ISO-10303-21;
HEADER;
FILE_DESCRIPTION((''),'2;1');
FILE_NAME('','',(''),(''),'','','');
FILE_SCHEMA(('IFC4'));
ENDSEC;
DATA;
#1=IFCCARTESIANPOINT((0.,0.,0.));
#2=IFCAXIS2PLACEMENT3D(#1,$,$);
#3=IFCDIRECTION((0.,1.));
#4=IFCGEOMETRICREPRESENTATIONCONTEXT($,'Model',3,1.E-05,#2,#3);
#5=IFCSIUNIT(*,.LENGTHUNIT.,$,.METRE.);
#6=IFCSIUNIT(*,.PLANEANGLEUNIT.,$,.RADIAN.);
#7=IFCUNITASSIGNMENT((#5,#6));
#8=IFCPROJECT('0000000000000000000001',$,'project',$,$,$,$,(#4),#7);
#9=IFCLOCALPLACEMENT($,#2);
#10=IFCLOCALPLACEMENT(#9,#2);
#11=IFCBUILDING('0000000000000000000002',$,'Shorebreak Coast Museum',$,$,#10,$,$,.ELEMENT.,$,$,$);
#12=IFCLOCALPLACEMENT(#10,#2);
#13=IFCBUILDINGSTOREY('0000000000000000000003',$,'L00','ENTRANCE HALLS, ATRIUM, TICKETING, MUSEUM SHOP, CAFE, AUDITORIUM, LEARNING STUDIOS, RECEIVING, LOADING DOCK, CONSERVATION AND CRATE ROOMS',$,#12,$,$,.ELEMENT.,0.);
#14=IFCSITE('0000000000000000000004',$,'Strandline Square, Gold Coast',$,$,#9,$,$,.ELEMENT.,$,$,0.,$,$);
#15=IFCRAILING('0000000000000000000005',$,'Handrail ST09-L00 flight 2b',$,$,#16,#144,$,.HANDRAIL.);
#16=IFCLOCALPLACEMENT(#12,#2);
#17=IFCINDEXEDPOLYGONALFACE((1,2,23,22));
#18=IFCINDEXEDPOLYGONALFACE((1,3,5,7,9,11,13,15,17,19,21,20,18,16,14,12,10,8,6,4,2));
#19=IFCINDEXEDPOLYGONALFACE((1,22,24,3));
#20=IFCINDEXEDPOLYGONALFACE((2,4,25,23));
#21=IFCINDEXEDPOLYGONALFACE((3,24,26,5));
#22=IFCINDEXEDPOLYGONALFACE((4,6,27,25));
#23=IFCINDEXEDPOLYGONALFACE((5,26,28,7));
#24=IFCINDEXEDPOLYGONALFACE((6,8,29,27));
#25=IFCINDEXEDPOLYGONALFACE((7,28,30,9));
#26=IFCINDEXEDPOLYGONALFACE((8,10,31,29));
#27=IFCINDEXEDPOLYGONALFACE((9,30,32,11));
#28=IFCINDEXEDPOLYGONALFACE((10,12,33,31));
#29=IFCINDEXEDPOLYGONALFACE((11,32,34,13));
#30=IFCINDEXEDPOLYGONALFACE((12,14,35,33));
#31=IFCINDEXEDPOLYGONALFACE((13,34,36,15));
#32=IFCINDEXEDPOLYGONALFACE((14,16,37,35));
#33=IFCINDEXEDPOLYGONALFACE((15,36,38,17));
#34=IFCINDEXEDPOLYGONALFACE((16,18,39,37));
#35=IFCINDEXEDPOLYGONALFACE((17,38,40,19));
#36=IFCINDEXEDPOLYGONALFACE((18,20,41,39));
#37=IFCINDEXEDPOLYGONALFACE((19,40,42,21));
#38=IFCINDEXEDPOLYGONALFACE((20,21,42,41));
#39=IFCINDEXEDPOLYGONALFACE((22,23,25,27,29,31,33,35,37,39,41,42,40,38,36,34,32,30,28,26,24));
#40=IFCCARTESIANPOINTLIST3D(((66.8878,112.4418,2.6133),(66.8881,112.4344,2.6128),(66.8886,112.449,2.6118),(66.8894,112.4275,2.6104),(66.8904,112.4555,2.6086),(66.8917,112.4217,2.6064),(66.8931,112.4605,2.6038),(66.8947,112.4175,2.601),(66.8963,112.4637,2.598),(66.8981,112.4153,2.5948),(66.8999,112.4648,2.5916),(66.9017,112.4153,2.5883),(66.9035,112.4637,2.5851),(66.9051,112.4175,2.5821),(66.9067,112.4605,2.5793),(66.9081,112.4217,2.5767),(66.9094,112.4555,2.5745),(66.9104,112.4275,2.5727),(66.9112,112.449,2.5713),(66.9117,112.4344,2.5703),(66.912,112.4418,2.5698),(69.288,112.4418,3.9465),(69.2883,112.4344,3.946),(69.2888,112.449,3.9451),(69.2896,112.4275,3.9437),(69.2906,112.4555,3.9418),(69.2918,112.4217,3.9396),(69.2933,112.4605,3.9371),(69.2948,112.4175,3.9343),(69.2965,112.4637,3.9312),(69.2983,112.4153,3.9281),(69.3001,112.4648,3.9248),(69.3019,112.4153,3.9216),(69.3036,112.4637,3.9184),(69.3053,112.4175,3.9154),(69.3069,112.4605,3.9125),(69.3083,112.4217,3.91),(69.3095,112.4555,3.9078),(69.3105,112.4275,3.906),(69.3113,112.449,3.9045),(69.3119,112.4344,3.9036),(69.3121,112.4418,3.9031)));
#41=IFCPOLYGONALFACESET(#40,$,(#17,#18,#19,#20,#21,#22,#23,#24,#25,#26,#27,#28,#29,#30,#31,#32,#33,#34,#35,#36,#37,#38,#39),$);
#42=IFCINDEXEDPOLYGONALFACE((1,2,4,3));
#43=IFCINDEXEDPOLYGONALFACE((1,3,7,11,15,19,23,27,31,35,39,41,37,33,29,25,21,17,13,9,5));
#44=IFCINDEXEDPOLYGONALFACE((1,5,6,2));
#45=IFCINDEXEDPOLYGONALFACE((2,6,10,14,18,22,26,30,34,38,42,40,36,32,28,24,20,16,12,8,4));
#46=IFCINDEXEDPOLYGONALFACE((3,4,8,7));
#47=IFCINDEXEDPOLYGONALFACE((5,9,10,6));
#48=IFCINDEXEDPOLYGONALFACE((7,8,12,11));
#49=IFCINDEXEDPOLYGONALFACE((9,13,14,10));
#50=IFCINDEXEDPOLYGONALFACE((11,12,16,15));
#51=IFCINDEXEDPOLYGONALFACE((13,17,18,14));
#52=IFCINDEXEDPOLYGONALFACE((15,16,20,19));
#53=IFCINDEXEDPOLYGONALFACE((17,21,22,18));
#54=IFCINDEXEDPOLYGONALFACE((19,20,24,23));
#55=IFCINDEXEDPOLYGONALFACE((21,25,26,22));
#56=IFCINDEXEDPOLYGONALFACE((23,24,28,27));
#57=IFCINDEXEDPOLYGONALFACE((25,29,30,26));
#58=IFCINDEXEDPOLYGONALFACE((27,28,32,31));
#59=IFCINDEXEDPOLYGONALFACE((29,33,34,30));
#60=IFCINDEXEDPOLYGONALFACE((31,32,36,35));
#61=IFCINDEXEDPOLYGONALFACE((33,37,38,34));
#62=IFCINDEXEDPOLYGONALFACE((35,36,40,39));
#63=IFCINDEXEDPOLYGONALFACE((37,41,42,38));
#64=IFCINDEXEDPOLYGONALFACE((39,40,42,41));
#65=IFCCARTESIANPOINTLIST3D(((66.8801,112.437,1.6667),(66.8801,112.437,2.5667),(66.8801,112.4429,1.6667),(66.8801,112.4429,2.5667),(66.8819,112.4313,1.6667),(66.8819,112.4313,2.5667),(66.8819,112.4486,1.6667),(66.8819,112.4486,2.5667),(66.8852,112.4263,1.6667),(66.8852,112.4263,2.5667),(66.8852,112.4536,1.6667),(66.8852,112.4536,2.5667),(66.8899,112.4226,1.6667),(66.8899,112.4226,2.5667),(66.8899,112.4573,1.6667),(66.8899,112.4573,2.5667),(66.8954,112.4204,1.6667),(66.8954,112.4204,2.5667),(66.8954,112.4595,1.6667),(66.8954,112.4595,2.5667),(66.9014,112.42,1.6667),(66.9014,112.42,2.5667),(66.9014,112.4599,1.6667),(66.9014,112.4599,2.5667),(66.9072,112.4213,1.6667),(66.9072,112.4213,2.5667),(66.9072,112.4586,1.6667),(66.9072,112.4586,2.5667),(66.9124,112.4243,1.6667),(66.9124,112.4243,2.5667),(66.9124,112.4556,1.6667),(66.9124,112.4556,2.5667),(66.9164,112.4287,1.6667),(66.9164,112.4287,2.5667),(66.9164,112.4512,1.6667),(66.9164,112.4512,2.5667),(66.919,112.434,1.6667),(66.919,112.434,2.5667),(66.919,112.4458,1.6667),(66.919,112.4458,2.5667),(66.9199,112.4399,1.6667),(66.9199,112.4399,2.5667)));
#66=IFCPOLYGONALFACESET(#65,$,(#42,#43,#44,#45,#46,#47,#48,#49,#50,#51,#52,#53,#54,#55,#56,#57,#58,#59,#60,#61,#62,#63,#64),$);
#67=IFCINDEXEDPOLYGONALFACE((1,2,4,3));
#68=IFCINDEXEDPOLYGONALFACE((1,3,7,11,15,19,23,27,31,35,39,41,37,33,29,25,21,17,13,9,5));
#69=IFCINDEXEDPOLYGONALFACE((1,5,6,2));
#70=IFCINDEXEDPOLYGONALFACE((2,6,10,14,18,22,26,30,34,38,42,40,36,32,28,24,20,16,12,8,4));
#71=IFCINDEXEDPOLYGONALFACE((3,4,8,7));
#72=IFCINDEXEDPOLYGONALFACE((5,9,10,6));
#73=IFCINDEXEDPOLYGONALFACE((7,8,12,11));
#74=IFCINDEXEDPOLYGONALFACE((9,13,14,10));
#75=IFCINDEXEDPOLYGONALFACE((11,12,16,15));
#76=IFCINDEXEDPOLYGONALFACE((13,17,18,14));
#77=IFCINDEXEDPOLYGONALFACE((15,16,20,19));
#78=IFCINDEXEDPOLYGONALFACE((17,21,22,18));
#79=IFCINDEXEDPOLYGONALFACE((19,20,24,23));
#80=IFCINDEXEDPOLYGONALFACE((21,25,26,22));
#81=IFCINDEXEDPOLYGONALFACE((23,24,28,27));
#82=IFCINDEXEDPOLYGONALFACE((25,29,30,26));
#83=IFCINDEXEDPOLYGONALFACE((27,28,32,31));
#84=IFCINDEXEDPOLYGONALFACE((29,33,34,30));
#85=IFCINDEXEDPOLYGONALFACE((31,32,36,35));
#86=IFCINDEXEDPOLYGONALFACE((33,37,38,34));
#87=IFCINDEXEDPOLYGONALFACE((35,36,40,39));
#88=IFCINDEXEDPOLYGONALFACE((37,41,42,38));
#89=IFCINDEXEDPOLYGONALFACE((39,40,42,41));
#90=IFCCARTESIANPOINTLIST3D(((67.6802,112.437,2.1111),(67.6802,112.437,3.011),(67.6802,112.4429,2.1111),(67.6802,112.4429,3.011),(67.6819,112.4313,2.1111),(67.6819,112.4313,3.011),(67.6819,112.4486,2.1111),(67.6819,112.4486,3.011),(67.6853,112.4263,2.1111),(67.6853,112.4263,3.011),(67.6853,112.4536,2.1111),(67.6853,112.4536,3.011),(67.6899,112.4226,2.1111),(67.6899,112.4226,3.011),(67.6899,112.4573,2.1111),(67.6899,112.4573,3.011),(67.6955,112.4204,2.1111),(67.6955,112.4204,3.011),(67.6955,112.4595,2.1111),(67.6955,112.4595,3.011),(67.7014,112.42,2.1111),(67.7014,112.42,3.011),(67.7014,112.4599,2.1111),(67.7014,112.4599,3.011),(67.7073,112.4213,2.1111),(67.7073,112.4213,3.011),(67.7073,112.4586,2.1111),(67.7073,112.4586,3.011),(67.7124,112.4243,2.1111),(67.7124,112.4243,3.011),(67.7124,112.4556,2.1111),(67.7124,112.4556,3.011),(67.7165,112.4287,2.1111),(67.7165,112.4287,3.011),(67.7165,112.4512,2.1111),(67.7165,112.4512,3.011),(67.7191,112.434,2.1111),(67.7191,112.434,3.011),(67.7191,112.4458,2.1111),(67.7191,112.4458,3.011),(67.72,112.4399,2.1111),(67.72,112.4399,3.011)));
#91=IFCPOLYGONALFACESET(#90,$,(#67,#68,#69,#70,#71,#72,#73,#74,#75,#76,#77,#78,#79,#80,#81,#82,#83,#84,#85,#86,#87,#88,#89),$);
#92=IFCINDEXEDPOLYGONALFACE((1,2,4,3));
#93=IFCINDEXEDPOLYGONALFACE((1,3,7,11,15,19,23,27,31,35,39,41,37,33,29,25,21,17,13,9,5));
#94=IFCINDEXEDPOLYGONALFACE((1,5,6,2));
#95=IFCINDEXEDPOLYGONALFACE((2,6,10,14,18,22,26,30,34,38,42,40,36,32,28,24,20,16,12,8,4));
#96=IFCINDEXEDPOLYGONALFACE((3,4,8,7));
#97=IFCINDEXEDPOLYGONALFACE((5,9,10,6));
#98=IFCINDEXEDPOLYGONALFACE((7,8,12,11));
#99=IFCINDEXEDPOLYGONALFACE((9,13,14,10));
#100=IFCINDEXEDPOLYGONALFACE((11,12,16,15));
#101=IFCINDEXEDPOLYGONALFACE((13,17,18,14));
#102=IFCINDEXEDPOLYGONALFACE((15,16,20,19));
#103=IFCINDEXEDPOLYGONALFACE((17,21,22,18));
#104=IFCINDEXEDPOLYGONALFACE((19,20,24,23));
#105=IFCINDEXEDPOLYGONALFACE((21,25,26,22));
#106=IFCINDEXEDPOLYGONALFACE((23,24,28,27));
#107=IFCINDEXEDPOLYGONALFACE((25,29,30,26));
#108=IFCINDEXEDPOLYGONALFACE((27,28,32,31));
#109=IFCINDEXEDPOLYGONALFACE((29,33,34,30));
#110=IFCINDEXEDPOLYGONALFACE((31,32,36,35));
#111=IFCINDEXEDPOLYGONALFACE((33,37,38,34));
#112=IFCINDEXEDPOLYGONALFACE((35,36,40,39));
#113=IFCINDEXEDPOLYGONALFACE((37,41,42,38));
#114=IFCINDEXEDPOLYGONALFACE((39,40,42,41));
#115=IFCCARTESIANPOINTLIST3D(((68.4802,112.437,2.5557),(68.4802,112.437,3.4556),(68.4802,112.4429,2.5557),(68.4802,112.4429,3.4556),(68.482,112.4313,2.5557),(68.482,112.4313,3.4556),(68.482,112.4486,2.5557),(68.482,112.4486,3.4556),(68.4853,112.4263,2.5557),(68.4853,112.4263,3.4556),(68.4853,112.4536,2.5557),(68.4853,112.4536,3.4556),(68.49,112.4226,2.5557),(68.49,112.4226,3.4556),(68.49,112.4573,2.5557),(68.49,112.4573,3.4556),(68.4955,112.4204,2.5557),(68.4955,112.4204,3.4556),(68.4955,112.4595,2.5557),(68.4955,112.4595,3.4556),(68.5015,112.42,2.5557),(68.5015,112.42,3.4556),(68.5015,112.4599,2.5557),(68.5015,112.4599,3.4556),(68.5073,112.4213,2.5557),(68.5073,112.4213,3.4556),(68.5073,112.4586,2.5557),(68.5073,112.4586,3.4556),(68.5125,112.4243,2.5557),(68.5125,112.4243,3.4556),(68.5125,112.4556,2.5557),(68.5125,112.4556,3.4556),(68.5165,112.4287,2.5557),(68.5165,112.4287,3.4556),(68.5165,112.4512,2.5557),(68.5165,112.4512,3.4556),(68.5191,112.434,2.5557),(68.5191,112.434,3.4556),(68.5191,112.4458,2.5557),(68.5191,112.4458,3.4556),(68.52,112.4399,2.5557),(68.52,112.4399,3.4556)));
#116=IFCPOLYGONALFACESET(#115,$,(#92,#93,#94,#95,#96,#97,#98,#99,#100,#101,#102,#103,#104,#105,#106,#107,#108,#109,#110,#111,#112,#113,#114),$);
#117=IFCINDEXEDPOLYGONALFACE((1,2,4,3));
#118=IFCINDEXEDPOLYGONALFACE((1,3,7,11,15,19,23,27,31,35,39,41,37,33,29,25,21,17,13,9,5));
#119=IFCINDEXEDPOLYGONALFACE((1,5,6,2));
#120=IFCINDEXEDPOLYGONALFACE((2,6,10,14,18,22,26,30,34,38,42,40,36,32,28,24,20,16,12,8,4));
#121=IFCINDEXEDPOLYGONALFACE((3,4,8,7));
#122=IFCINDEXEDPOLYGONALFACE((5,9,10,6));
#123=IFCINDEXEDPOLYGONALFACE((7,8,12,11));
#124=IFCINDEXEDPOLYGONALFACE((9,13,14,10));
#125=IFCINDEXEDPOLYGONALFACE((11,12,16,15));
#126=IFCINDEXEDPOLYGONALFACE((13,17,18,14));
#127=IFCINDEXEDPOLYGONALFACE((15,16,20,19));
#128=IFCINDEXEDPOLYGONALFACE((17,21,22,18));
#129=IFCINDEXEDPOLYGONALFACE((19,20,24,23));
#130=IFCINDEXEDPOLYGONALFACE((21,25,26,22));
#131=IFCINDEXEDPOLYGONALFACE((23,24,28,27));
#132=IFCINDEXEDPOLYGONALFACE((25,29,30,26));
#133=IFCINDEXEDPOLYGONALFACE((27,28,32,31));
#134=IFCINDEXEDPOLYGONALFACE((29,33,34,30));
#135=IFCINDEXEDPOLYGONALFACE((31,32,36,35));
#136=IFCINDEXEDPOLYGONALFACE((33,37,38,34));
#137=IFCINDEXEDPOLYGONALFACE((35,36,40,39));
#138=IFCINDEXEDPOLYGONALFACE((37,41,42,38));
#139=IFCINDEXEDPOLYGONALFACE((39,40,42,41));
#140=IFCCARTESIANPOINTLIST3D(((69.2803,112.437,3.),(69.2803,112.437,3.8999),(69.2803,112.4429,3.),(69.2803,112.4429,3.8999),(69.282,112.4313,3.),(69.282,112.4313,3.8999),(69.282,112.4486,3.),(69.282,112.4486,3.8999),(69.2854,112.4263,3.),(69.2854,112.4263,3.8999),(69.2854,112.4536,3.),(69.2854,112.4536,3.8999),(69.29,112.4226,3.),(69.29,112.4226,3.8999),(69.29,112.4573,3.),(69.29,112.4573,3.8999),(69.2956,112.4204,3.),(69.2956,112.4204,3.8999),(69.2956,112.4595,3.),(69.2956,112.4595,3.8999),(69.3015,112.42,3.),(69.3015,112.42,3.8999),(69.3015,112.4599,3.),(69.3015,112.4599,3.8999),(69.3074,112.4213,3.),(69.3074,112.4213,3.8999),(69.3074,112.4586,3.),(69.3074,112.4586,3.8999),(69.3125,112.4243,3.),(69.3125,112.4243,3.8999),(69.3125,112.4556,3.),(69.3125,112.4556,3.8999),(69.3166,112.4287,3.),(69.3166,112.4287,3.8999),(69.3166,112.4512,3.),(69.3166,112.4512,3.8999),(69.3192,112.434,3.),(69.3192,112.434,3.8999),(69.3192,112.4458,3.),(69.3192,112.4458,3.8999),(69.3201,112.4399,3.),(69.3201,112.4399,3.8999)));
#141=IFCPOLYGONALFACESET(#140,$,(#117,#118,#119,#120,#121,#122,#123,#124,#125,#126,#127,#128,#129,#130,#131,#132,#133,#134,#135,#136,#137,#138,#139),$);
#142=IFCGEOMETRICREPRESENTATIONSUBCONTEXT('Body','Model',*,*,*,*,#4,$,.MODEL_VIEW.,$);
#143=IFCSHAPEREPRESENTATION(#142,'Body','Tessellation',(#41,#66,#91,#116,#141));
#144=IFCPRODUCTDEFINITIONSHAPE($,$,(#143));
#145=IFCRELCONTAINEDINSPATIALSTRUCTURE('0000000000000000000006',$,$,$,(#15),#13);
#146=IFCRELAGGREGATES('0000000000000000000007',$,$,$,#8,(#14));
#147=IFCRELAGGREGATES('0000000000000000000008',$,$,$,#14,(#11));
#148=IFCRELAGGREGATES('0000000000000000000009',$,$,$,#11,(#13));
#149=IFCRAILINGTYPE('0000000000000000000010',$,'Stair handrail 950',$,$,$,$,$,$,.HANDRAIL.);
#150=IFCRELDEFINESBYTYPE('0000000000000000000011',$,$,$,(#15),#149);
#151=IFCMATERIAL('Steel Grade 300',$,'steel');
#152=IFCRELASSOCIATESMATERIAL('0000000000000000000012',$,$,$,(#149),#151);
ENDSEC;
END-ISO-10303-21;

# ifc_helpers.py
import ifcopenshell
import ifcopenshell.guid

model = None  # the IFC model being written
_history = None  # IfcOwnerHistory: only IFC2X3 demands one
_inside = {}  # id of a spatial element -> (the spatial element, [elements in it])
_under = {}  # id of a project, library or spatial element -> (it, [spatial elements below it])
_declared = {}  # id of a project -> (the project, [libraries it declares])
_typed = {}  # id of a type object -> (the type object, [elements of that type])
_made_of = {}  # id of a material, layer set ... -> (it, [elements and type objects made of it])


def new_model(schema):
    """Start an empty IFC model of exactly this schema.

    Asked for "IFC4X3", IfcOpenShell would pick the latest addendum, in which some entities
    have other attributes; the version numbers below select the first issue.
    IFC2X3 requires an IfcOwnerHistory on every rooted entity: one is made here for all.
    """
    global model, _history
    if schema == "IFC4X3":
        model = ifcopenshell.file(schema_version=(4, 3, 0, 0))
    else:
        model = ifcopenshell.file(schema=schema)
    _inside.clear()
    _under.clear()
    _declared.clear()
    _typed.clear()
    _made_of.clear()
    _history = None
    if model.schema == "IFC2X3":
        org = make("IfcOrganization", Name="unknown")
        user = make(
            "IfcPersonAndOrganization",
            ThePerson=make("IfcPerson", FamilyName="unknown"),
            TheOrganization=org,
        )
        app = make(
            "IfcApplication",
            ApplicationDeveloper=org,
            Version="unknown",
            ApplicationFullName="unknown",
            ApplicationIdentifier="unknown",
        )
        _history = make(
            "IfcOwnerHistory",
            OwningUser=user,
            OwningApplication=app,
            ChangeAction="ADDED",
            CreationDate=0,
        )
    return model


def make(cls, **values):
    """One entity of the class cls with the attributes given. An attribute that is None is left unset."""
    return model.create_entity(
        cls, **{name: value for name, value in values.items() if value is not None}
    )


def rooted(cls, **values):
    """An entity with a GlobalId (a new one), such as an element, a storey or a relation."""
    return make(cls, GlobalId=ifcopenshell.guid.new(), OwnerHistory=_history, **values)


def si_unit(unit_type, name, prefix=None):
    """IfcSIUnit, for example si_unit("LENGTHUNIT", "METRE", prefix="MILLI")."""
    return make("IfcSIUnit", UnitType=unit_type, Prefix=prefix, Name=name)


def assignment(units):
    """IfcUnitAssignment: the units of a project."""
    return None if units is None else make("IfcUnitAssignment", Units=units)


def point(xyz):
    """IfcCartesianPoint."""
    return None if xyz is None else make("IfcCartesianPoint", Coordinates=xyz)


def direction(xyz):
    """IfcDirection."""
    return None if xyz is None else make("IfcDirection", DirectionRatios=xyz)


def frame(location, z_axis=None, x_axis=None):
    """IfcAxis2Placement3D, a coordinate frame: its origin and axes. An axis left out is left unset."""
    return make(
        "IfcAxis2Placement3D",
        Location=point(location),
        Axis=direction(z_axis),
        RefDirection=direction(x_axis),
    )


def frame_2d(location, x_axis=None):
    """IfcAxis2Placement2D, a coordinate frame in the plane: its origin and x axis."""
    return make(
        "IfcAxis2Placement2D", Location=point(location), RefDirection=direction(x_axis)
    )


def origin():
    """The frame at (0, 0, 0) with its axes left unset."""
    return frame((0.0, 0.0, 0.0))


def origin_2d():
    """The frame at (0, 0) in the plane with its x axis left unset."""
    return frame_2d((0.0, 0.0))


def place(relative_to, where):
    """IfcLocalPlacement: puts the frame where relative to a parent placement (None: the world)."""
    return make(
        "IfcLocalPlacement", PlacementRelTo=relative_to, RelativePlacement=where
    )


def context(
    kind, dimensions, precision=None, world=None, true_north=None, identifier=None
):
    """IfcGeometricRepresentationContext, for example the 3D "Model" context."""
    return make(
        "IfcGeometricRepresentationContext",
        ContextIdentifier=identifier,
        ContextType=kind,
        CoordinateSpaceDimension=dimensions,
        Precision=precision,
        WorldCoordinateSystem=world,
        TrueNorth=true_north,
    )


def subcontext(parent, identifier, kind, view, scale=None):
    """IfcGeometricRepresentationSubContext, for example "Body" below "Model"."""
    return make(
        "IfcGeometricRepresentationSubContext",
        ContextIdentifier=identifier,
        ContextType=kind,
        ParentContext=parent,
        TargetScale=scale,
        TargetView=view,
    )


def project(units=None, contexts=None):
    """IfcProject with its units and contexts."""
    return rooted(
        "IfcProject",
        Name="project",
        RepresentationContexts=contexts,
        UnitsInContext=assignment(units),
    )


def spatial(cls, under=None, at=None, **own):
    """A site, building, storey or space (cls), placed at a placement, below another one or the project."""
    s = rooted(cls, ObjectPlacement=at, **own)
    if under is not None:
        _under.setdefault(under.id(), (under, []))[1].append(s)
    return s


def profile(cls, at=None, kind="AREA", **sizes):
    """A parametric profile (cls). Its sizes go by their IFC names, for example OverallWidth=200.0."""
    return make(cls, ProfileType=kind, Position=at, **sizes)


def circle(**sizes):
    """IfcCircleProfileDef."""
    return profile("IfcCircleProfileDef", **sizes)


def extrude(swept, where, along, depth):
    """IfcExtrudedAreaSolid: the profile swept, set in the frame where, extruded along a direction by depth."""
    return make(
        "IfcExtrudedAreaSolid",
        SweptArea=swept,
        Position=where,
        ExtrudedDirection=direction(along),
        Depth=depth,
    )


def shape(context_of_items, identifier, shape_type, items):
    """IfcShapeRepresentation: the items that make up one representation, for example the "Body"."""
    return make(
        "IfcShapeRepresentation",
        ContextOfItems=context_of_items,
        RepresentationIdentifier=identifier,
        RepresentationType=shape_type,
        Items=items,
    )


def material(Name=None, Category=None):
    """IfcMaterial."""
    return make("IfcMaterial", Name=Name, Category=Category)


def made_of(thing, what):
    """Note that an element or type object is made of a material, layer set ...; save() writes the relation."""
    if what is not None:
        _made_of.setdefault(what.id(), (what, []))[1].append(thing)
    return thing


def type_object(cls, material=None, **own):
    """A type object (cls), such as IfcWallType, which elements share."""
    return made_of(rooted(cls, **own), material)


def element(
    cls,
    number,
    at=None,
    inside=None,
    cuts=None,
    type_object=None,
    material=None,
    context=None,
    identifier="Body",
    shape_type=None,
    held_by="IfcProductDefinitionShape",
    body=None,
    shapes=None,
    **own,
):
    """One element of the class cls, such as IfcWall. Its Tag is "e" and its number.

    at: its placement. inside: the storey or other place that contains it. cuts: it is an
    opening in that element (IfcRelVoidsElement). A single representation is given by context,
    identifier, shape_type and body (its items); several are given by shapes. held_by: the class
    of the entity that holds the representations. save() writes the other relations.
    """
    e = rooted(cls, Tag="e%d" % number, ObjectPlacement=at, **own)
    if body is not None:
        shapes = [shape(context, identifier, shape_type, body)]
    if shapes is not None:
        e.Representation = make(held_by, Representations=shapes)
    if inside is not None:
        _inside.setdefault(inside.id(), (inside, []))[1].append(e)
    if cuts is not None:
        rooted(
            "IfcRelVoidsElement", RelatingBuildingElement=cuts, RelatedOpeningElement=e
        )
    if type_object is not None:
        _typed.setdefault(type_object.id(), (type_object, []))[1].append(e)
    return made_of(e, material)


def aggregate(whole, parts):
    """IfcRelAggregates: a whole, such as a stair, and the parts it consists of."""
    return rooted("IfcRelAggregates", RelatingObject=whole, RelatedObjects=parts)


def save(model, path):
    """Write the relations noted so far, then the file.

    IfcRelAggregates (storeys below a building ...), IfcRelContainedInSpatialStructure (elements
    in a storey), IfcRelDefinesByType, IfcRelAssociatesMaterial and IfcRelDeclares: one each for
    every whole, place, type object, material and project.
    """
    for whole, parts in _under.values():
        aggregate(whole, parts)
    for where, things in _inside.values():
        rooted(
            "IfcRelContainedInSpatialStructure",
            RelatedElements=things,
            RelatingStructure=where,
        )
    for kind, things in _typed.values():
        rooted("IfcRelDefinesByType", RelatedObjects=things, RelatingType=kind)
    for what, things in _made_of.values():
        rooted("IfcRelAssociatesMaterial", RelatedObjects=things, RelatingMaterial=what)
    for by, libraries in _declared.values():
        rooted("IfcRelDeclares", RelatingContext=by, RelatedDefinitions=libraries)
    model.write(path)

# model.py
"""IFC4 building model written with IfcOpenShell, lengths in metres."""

from ifc_helpers import new_model, si_unit, direction, frame, origin, origin_2d, place, context, subcontext, project, spatial, circle, extrude, material, type_object, element, save


model = new_model("IFC4")

# Units and contexts
model_context = context("Model", 3, precision=1e-05, world=origin(), true_north=direction((0.0, 1.0)))
body_context = subcontext(model_context, "Body", "Model", "MODEL_VIEW")
ifc_project = project(units=[si_unit("LENGTHUNIT", "METRE"), si_unit("PLANEANGLEUNIT", "RADIAN")], contexts=[model_context])

# Site, building, storey
site_placement = place(None, origin())
site = spatial("IfcSite", under=ifc_project, at=site_placement, Name="Strandline Square, Gold Coast", CompositionType="ELEMENT", RefElevation=0.0)
building_placement = place(site_placement, origin())
building = spatial("IfcBuilding", under=site, at=building_placement, Name="Shorebreak Coast Museum", CompositionType="ELEMENT")
storey_placement = place(building_placement, origin())
storey = spatial("IfcBuildingStorey", under=building, at=storey_placement, Name="L00", Description="ENTRANCE HALLS, ATRIUM, TICKETING, MUSEUM SHOP, CAFE, AUDITORIUM, LEARNING STUDIOS, RECEIVING, LOADING DOCK, CONSERVATION AND CRATE ROOMS", CompositionType="ELEMENT", Elevation=0.0)

# Railing
ifc_material_1 = material(Name="Steel Grade 300", Category="steel")
railing_type_1 = type_object("IfcRailingType", Name="Stair handrail 950", PredefinedType="HANDRAIL", material=ifc_material_1)
for number, where, name in (
    (1, (66.8999, 112.4399, 1.6667), "Handrail ST09-L00 flight 2b"),
):
    element("IfcRailing", number, at=place(storey_placement, frame(where)), inside=storey, type_object=railing_type_1, Name=name, PredefinedType="HANDRAIL", context=body_context, shape_type="SweptSolid", body=[
        extrude(circle(Radius=0.0249, at=origin_2d()), frame((0.0, 0.0, 0.9248), z_axis=(0.874182, 0.0, 0.485598), x_axis=(0.0, 1.0, 0.0)), (0.0, 0.0, 1.0), 2.7456),
        extrude(circle(Radius=0.02, at=origin_2d()), origin(), (0.0, 0.0, 1.0), 0.8999),
        extrude(circle(Radius=0.02, at=origin_2d()), frame((0.8, 0.0, 0.4443)), (0.0, 0.0, 1.0), 0.8999),
        extrude(circle(Radius=0.02, at=origin_2d()), frame((1.6001, 0.0, 0.8889)), (0.0, 0.0, 1.0), 0.8999),
        extrude(circle(Radius=0.02, at=origin_2d()), frame((2.4001, 0.0, 1.3333)), (0.0, 0.0, 1.0), 0.8999),
    ])

save(model, "model.ifc")
